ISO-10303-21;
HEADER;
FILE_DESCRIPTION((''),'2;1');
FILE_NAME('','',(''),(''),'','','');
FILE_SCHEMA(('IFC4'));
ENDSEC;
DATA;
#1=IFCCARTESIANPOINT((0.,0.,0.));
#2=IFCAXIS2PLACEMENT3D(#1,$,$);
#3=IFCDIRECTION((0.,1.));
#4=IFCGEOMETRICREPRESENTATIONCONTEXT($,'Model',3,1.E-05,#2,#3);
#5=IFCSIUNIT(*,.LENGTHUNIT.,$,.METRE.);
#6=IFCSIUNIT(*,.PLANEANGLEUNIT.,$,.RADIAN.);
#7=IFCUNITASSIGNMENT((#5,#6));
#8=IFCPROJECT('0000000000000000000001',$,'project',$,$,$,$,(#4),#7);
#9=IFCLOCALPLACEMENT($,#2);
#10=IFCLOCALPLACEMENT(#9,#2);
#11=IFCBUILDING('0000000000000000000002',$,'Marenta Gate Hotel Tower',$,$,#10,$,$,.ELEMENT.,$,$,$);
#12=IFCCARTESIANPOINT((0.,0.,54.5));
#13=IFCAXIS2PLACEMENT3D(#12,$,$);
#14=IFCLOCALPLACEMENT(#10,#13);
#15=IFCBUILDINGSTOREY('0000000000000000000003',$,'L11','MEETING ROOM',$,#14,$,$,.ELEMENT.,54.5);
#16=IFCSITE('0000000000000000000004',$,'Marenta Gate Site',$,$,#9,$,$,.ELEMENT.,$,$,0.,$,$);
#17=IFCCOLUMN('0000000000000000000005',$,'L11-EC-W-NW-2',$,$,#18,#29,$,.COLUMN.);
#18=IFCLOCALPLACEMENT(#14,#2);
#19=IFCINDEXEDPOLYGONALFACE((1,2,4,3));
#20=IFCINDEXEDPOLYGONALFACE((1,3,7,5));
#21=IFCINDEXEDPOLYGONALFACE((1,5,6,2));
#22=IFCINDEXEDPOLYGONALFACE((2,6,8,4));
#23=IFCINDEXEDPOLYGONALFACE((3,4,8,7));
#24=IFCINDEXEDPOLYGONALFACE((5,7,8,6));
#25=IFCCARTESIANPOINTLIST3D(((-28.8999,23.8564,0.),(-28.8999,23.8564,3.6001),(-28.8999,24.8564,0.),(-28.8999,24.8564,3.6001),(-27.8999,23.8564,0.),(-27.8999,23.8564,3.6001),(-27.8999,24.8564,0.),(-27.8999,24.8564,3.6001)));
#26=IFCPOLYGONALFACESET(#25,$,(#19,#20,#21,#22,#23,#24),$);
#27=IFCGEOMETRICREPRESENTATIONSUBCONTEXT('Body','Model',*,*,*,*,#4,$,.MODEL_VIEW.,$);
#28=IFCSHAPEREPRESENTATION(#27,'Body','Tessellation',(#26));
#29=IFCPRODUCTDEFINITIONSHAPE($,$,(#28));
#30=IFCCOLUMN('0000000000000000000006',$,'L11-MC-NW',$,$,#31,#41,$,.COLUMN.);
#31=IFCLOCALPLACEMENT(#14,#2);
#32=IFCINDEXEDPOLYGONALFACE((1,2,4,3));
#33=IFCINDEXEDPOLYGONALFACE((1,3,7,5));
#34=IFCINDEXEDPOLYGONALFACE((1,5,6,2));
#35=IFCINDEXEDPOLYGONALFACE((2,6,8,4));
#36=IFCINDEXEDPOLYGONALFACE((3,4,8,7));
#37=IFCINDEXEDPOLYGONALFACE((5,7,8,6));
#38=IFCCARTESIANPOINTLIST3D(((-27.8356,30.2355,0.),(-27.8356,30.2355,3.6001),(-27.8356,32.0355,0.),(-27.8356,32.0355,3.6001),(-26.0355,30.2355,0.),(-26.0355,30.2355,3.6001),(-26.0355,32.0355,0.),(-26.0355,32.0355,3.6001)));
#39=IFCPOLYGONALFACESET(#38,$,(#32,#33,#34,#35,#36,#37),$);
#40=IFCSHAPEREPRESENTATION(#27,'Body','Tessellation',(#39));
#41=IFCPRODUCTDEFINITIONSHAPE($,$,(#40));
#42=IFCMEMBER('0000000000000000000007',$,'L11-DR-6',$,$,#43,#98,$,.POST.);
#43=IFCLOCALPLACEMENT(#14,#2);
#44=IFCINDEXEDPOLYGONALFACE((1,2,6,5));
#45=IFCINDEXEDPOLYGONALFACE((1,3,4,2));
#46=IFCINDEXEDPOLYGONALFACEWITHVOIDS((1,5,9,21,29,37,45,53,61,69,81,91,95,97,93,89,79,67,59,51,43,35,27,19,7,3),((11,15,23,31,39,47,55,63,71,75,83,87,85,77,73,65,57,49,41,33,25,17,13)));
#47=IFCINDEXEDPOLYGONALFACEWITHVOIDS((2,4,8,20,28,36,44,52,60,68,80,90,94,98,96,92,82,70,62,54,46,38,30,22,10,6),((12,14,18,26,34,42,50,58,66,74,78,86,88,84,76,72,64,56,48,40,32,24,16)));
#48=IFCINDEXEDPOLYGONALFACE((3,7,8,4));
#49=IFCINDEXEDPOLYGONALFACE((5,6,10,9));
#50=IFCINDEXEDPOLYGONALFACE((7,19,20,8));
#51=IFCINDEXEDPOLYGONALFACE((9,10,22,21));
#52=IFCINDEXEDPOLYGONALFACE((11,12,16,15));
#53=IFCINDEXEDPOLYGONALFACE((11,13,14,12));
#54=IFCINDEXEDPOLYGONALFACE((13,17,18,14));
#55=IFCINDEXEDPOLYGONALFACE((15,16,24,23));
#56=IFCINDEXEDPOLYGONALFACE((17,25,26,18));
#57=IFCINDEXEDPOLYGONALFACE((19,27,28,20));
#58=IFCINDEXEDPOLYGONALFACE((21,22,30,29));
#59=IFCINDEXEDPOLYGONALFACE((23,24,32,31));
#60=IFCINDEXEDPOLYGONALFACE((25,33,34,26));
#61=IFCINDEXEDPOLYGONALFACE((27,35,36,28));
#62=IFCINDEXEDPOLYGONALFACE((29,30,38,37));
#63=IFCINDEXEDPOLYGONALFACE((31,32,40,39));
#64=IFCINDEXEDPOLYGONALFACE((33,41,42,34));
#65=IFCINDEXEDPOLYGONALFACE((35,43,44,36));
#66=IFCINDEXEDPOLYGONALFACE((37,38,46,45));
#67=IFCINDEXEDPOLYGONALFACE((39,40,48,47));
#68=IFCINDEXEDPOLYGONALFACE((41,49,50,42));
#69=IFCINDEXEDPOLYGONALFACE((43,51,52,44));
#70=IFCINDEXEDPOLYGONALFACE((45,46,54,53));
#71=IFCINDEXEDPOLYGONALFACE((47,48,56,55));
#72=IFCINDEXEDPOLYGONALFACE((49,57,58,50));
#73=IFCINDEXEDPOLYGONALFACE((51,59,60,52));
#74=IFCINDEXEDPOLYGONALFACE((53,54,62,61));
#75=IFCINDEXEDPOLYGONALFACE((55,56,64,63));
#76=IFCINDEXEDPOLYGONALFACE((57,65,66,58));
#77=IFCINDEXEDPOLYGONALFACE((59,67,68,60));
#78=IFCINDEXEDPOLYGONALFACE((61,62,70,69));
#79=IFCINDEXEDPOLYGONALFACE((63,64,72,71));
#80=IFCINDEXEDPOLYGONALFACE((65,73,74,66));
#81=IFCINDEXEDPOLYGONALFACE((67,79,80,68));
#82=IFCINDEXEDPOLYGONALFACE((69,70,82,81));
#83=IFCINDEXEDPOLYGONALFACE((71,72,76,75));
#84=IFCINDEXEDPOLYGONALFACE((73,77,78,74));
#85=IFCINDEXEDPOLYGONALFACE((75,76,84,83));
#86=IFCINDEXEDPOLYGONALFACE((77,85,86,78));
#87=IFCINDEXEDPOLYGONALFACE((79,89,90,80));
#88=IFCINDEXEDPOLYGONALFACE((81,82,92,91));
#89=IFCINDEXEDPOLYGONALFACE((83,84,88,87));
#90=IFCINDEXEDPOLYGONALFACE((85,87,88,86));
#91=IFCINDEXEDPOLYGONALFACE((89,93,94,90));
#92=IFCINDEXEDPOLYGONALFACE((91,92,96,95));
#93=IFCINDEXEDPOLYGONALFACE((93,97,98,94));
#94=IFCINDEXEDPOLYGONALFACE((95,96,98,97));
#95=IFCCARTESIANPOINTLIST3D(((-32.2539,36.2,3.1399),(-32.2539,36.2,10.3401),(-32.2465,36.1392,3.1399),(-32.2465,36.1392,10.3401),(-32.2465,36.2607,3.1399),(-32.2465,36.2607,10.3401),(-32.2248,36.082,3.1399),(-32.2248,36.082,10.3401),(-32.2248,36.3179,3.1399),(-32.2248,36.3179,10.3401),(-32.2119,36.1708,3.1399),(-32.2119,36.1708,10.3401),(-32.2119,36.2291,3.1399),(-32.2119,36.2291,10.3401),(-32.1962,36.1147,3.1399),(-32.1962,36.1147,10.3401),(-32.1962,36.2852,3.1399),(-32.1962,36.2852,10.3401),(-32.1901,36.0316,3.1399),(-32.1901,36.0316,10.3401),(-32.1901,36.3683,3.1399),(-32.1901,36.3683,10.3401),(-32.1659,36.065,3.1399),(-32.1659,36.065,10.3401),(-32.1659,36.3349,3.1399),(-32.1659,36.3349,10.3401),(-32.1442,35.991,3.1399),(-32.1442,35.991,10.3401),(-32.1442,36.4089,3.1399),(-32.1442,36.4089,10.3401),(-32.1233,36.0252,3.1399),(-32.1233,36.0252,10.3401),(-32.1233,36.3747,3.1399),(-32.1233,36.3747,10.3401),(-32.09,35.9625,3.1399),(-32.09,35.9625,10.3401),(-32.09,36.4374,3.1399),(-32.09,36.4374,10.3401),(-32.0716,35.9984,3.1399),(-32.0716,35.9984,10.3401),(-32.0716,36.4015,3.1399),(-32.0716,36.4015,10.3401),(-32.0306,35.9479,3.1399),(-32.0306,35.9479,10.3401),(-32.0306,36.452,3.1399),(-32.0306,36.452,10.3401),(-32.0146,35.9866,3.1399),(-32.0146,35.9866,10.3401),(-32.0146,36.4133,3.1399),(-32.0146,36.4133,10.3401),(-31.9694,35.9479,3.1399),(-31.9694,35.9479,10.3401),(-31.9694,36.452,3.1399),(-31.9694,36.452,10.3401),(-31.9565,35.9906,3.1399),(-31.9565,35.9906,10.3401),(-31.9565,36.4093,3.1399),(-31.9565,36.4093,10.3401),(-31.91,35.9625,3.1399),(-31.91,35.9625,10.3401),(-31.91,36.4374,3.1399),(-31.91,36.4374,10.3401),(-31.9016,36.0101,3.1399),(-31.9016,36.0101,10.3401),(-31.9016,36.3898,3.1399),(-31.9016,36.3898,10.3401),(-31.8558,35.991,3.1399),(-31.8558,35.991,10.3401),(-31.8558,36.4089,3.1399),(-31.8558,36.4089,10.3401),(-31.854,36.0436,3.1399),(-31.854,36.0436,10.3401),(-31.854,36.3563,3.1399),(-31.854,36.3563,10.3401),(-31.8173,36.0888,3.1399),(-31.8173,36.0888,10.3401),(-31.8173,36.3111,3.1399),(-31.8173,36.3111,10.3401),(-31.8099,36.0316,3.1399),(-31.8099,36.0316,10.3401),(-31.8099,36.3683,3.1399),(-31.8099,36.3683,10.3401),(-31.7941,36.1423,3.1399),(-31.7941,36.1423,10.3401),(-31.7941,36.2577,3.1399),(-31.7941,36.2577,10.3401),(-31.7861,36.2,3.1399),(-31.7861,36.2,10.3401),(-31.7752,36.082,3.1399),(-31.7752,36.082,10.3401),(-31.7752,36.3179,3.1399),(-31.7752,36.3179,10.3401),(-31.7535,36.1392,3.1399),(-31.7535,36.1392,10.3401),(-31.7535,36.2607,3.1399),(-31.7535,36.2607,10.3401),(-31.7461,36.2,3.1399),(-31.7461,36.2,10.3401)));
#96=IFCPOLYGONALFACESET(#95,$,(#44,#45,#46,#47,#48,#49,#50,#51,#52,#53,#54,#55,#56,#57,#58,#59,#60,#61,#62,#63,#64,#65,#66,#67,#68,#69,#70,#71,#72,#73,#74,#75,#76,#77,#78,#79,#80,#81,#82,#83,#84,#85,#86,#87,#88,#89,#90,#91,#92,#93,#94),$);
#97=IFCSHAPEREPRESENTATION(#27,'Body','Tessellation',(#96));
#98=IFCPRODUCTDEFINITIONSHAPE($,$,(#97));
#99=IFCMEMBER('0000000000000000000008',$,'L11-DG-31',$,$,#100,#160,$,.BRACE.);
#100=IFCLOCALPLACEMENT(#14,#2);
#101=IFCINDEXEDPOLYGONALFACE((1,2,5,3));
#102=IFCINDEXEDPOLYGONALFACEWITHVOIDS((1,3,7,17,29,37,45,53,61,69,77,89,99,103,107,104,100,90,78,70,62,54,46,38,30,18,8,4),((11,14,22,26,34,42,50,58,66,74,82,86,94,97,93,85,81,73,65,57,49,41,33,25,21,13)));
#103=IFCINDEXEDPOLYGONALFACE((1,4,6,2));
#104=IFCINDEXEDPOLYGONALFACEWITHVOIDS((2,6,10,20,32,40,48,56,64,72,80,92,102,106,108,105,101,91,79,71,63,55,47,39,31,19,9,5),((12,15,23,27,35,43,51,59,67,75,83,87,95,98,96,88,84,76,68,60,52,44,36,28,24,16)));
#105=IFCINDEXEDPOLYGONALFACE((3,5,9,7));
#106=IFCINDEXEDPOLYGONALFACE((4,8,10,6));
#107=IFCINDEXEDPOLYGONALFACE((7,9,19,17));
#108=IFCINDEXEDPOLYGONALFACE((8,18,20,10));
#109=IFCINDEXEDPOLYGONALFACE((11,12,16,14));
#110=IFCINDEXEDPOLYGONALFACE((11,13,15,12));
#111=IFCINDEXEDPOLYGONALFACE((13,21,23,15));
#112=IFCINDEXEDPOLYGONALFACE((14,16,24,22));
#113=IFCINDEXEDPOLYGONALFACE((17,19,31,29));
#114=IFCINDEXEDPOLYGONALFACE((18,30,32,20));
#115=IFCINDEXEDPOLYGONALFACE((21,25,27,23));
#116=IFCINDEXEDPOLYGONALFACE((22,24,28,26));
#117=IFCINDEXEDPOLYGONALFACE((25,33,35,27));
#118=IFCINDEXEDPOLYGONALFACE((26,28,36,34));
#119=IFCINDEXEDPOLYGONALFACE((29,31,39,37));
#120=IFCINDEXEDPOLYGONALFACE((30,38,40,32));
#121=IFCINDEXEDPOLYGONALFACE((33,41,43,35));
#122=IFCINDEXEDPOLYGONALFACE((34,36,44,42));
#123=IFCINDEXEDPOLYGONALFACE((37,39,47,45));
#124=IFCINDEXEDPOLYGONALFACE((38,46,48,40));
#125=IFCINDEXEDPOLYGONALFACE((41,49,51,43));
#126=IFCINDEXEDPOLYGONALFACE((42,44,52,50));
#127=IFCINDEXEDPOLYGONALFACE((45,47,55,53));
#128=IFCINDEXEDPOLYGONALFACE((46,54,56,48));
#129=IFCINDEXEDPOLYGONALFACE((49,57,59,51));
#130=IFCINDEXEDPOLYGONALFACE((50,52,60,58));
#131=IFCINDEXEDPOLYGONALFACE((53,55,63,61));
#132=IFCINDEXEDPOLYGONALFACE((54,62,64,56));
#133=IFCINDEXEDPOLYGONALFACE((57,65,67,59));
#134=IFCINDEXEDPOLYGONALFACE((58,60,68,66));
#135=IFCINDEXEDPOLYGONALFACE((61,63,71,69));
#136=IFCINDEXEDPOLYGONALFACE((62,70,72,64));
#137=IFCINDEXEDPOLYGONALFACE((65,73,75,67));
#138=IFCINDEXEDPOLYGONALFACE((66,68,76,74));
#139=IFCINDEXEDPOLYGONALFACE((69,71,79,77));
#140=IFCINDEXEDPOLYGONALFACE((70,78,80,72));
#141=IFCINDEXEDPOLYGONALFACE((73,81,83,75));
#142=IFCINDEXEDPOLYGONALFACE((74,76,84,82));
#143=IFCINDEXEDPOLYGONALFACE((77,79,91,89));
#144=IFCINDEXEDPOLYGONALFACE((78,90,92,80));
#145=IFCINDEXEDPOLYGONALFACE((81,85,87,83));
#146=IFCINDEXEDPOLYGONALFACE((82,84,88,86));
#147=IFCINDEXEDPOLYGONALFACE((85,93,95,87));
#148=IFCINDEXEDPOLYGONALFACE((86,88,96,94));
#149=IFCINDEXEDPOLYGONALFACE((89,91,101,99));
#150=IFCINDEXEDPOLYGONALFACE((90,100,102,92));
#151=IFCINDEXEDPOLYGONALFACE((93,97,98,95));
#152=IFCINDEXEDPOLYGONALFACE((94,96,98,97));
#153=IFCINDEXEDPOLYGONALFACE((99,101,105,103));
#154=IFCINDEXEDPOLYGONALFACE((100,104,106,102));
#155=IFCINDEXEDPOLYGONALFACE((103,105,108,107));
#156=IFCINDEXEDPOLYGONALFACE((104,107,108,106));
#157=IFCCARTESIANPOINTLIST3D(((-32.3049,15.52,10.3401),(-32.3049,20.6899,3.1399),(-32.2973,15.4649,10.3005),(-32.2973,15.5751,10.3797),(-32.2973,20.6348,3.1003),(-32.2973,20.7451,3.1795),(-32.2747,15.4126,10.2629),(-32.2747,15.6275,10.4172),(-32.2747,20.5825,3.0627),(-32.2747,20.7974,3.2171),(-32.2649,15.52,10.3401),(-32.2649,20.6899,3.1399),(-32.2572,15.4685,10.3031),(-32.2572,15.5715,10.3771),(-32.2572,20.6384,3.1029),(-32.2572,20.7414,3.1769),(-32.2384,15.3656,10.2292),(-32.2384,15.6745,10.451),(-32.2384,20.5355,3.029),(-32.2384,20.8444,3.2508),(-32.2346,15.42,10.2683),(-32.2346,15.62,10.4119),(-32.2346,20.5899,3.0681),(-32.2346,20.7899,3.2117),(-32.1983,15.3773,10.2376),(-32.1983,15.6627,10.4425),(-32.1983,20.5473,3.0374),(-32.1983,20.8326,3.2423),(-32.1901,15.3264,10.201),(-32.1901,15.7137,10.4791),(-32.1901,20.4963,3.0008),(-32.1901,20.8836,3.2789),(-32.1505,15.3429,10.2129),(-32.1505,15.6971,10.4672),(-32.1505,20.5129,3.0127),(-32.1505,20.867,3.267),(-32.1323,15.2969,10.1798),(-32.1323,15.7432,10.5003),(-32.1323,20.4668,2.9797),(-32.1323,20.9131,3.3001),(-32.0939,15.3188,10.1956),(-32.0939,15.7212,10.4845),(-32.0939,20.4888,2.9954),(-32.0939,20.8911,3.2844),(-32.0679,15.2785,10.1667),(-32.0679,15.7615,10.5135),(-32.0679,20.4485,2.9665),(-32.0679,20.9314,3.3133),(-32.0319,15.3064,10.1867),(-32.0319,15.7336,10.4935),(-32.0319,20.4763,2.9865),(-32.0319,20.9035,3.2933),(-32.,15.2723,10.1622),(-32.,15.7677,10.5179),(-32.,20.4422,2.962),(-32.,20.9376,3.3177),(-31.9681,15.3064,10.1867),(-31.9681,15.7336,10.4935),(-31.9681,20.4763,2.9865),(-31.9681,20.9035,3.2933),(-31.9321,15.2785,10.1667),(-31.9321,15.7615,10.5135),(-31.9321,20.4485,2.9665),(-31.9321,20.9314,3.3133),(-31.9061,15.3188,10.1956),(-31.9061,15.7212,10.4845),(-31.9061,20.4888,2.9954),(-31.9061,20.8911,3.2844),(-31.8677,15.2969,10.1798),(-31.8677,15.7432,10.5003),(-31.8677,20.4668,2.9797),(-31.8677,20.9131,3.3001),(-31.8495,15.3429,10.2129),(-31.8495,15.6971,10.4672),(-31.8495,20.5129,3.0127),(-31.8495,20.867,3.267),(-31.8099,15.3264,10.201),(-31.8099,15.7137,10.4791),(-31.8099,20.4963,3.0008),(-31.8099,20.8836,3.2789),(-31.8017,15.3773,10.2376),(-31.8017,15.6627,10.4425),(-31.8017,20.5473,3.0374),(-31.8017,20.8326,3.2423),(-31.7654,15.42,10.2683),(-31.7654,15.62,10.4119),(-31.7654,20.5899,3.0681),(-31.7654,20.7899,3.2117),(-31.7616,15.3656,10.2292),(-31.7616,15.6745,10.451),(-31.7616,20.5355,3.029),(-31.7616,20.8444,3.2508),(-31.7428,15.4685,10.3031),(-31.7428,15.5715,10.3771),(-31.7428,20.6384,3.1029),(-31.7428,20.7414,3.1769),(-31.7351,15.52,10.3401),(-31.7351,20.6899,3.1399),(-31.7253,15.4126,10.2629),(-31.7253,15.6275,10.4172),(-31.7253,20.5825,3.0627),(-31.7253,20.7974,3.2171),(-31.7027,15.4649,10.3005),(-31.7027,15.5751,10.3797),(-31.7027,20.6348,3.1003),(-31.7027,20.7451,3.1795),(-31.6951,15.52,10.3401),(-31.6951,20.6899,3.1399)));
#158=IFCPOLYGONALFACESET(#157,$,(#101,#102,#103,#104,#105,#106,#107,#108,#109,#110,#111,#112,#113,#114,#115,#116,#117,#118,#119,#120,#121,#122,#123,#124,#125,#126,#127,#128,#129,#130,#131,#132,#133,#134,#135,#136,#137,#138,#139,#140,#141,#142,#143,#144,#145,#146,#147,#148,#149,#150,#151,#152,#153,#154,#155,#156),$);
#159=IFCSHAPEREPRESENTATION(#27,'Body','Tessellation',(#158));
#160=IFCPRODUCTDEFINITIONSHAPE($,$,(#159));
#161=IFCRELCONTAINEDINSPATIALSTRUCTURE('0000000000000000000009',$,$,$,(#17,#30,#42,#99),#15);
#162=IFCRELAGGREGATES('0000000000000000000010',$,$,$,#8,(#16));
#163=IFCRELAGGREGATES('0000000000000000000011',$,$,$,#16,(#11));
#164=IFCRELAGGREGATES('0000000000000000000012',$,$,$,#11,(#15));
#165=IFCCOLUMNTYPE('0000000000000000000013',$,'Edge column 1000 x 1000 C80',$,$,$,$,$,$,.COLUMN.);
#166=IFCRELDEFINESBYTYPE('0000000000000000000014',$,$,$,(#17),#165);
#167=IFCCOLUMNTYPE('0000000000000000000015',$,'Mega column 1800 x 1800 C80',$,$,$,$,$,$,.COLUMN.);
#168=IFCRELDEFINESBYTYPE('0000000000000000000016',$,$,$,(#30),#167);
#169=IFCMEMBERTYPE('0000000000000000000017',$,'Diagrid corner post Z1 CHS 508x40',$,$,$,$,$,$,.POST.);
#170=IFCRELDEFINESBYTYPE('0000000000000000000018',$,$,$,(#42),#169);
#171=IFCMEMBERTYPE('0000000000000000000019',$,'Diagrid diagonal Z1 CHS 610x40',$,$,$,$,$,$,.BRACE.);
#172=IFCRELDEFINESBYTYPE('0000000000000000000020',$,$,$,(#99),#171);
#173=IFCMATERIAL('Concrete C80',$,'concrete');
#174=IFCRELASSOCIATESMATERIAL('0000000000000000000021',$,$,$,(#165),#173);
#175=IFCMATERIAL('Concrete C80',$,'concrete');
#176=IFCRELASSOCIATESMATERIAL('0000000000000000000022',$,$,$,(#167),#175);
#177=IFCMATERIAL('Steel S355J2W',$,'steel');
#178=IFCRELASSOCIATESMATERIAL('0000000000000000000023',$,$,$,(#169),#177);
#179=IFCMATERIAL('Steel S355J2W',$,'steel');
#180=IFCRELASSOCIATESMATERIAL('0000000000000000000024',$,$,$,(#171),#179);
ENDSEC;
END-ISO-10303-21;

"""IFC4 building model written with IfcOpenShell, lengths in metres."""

from ifc_helpers import new_model, si_unit, direction, frame, origin, origin_2d, place, context, subcontext, project, spatial, rectangle, hollow_circle, extrude, material, material_profile, profile_set, type_object, element, save


model = new_model("IFC4")

# Units and contexts
model_context = context("Model", 3, precision=1e-05, world=origin(), true_north=direction((0.0, 1.0)))
body_context = subcontext(model_context, "Body", "Model", "MODEL_VIEW")
ifc_project = project(units=[si_unit("LENGTHUNIT", "METRE"), si_unit("PLANEANGLEUNIT", "RADIAN")], contexts=[model_context])

# Site, building, storey
site_placement = place(None, origin())
site = spatial("IfcSite", under=ifc_project, at=site_placement, Name="Marenta Gate Site", CompositionType="ELEMENT", RefElevation=0.0)
building_placement = place(site_placement, origin())
building = spatial("IfcBuilding", under=site, at=building_placement, Name="Marenta Gate Hotel Tower", CompositionType="ELEMENT")
storey_placement = place(building_placement, frame((0.0, 0.0, 54.5)))
storey = spatial("IfcBuildingStorey", under=building, at=storey_placement, Name="L11", Description="MEETING ROOM", CompositionType="ELEMENT", Elevation=54.5)

# Columns
ifc_material_1 = material(Name="Concrete C80", Category="concrete")
ifc_material_profile_1 = material_profile(ifc_material_1, rectangle(XDim=1.0, YDim=1.0, at=origin_2d()), Name="1000 x 1000")
ifc_profile_set_1 = profile_set([ifc_material_profile_1], Name="Concrete C80")
column_type_1 = type_object("IfcColumnType", Name="Edge column 1000 x 1000 C80", PredefinedType="COLUMN", material=ifc_profile_set_1)
column_1_placement = place(storey_placement, frame((-28.3999, 24.3564, 0.0), z_axis=(0.0, 0.0, 1.0), x_axis=(1.0, 0.0, 0.0)))
element("IfcColumn", 1, at=column_1_placement, inside=storey, type_object=column_type_1, Name="L11-EC-W-NW-2", PredefinedType="COLUMN", context=body_context, shape_type="SweptSolid", body=[
    extrude(rectangle(XDim=1.0, YDim=1.0, at=origin_2d()), origin(), (0.0, 0.0, 1.0), 3.6001),
])
ifc_material_2 = material(Name="Concrete C80", Category="concrete")
ifc_material_profile_2 = material_profile(ifc_material_2, rectangle(XDim=1.8, YDim=1.8, at=origin_2d()), Name="1800 x 1800")
ifc_profile_set_2 = profile_set([ifc_material_profile_2], Name="Concrete C80")
column_type_2 = type_object("IfcColumnType", Name="Mega column 1800 x 1800 C80", PredefinedType="COLUMN", material=ifc_profile_set_2)
column_2_placement = place(storey_placement, frame((-26.9355, 31.1355, 0.0), z_axis=(0.0, 0.0, 1.0), x_axis=(1.0, 0.0, 0.0)))
element("IfcColumn", 2, at=column_2_placement, inside=storey, type_object=column_type_2, Name="L11-MC-NW", PredefinedType="COLUMN", context=body_context, shape_type="SweptSolid", body=[
    extrude(rectangle(XDim=1.8, YDim=1.8, at=origin_2d()), origin(), (0.0, 0.0, 1.0), 3.6001),
])

# Members
ifc_material_3 = material(Name="Steel S355J2W", Category="steel")
ifc_material_profile_3 = material_profile(ifc_material_3, hollow_circle(Radius=0.2539, WallThickness=0.04, at=origin_2d()), Name="CHS 508x40")
ifc_profile_set_3 = profile_set([ifc_material_profile_3], Name="Steel S355J2W")
member_type_1 = type_object("IfcMemberType", Name="Diagrid corner post Z1 CHS 508x40", PredefinedType="POST", material=ifc_profile_set_3)
member_1_placement = place(storey_placement, frame((-32.0, 36.2, 3.1399), z_axis=(0.0, 0.0, 1.0), x_axis=(1.0, 0.0, 0.0)))
element("IfcMember", 3, at=member_1_placement, inside=storey, type_object=member_type_1, Name="L11-DR-6", PredefinedType="POST", context=body_context, shape_type="SweptSolid", body=[
    extrude(hollow_circle(Radius=0.2539, WallThickness=0.04, at=origin_2d()), origin(), (0.0, 0.0, 1.0), 7.2002),
])
ifc_material_4 = material(Name="Steel S355J2W", Category="steel")
ifc_material_profile_4 = material_profile(ifc_material_4, hollow_circle(Radius=0.3049, WallThickness=0.04, at=origin_2d()), Name="CHS 610x40")
ifc_profile_set_4 = profile_set([ifc_material_profile_4], Name="Steel S355J2W")
member_type_2 = type_object("IfcMemberType", Name="Diagrid diagonal Z1 CHS 610x40", PredefinedType="BRACE", material=ifc_profile_set_4)
member_2_placement = place(storey_placement, frame((-32.0, 20.6899, 3.1399), z_axis=(0.0, -0.583248, 0.812294), x_axis=(1.0, 0.0, 0.0)))
element("IfcMember", 4, at=member_2_placement, inside=storey, type_object=member_type_2, Name="L11-DG-31", PredefinedType="BRACE", context=body_context, shape_type="SweptSolid", body=[
    extrude(hollow_circle(Radius=0.3049, WallThickness=0.04, at=origin_2d()), origin(), (0.0, 0.0, 1.0), 8.864),
])

save(model, "model.ifc")
